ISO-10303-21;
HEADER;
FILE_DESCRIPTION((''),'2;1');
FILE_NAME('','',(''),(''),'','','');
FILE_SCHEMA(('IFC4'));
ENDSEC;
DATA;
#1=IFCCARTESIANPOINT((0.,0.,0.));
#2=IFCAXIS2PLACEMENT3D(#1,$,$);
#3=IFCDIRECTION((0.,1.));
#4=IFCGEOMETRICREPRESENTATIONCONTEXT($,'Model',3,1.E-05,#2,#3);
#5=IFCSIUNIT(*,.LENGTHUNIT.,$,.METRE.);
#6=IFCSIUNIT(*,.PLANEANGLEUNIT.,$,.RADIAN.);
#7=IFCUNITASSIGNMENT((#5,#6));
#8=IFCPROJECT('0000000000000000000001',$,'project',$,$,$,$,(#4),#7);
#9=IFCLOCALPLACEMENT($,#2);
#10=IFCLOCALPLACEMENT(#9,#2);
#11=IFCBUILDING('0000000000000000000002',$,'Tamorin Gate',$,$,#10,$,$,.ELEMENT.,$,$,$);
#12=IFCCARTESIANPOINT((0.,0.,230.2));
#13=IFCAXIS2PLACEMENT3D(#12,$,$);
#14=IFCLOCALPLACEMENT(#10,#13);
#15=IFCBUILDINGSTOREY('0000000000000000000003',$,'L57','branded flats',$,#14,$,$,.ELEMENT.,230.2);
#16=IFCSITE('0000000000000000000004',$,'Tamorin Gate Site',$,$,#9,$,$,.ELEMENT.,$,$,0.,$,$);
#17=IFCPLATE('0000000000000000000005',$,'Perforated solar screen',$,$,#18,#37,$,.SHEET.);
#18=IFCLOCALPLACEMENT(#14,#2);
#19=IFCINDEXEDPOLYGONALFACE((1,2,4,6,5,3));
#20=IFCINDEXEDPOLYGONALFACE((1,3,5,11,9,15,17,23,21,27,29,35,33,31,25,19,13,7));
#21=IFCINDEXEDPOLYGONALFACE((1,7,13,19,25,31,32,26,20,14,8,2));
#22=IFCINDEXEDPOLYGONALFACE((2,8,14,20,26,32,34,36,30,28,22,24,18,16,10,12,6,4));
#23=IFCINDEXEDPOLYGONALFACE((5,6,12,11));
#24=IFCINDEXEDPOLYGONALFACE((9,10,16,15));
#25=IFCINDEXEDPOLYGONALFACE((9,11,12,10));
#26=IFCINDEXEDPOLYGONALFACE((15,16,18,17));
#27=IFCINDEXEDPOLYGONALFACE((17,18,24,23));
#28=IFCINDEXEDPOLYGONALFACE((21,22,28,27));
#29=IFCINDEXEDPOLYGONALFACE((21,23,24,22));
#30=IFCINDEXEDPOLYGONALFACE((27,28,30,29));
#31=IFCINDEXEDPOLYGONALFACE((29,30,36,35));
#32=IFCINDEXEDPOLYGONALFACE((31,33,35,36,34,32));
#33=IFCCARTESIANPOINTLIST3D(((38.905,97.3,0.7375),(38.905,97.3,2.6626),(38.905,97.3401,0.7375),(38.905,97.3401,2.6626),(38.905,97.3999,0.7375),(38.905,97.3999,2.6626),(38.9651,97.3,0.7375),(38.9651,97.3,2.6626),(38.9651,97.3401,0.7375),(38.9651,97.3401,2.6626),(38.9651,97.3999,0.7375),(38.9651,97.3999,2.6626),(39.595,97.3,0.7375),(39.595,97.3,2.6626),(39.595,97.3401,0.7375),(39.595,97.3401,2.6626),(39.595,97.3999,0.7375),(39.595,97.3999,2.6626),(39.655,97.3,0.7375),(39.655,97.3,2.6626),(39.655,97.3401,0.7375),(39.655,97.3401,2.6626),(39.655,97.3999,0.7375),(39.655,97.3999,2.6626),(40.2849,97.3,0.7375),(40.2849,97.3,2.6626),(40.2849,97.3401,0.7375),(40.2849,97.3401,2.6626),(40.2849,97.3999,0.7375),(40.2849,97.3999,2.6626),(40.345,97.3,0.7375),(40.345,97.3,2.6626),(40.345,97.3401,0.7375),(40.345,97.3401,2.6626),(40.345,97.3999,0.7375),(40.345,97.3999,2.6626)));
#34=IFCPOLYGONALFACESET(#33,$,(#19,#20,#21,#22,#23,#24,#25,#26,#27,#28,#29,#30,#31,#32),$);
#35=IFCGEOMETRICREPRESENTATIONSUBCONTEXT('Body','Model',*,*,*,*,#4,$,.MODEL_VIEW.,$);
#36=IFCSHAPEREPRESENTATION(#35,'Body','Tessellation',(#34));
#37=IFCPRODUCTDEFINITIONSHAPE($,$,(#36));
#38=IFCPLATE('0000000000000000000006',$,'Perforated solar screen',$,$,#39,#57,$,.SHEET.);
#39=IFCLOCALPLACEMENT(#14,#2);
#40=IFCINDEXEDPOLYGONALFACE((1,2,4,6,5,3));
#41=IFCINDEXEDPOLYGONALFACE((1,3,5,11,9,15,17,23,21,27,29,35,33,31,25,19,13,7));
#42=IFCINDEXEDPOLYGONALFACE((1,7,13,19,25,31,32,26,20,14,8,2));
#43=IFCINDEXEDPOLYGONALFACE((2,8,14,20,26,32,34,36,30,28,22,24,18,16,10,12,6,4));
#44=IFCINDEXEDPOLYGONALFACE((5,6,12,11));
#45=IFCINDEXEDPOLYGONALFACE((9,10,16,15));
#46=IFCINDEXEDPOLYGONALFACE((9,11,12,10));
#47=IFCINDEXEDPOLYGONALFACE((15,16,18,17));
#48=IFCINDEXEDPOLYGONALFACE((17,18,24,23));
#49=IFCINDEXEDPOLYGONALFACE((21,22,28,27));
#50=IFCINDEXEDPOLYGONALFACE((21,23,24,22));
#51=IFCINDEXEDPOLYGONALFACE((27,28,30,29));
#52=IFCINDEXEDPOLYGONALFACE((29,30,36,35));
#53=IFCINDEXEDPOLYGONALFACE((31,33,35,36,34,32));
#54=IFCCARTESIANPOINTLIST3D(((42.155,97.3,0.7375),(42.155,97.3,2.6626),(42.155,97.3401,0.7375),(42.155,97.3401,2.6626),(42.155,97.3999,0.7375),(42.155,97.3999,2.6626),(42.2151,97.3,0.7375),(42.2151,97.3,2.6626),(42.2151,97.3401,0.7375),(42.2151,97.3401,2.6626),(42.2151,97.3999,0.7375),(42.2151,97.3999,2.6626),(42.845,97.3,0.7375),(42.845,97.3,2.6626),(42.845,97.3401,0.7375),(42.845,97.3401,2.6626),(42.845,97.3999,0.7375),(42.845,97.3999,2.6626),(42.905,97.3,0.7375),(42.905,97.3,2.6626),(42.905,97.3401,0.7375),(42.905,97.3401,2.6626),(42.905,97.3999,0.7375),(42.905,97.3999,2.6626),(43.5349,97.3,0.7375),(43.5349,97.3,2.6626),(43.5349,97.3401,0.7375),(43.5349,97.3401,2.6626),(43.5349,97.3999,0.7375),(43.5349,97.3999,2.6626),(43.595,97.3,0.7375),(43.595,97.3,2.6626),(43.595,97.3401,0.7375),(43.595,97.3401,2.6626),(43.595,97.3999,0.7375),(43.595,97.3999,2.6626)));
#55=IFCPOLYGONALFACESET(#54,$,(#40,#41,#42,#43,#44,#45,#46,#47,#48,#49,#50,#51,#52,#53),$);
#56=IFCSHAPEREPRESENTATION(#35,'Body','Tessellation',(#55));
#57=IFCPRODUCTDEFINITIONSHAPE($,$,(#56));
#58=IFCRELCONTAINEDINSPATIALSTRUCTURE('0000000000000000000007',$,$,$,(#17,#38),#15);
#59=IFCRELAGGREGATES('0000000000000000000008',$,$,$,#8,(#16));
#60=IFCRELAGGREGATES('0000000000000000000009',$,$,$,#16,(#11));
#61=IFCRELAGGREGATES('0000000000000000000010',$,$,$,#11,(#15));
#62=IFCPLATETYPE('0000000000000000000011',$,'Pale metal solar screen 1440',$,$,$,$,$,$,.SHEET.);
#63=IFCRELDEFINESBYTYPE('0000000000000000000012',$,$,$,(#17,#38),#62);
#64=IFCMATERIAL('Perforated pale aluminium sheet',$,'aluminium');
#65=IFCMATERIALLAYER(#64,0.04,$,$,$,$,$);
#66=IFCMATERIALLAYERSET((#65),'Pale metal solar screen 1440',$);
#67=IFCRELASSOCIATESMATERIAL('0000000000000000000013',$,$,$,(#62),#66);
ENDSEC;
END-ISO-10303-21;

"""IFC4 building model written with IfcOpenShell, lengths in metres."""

from ifc_helpers import new_model, si_unit, direction, frame, origin, place, context, subcontext, project, spatial, polyline, outline, extrude, material, layer, layer_set, type_object, element, save


model = new_model("IFC4")

# Units and contexts
model_context = context("Model", 3, precision=1e-05, world=origin(), true_north=direction((0.0, 1.0)))
body_context = subcontext(model_context, "Body", "Model", "MODEL_VIEW")
ifc_project = project(units=[si_unit("LENGTHUNIT", "METRE"), si_unit("PLANEANGLEUNIT", "RADIAN")], contexts=[model_context])

# Site, building, storey
site_placement = place(None, origin())
site = spatial("IfcSite", under=ifc_project, at=site_placement, Name="Tamorin Gate Site", CompositionType="ELEMENT", RefElevation=0.0)
building_placement = place(site_placement, origin())
building = spatial("IfcBuilding", under=site, at=building_placement, Name="Tamorin Gate", CompositionType="ELEMENT")
storey_placement = place(building_placement, frame((0.0, 0.0, 230.2)))
storey = spatial("IfcBuildingStorey", under=building, at=storey_placement, Name="L57", Description="branded flats", CompositionType="ELEMENT", Elevation=230.2)

# Plates
ifc_material_1 = material(Name="Perforated pale aluminium sheet", Category="aluminium")
ifc_layer_1 = layer(ifc_material_1, 0.04)
ifc_layer_set_1 = layer_set([ifc_layer_1], Name="Pale metal solar screen 1440")
plate_type = type_object("IfcPlateType", Name="Pale metal solar screen 1440", PredefinedType="SHEET", material=ifc_layer_set_1)
plate_1_placement = place(storey_placement, frame((0.0, 0.0, 0.7375)))
element("IfcPlate", 1, at=plate_1_placement, inside=storey, type_object=plate_type, Name="Perforated solar screen", PredefinedType="SHEET", context=body_context, shape_type="SweptSolid", body=[
    extrude(outline(polyline([(40.345, 97.3401), (40.345, 97.3), (40.2849, 97.3), (39.655, 97.3), (39.595, 97.3), (38.9651, 97.3), (38.905, 97.3), (38.905, 97.3401), (38.905, 97.3999), (38.9651, 97.3999), (38.9651, 97.3401), (39.595, 97.3401), (39.595, 97.3999), (39.655, 97.3999), (39.655, 97.3401), (40.2849, 97.3401), (40.2849, 97.3999), (40.345, 97.3999), (40.345, 97.3401)])), origin(), (0.0, 0.0, 1.0), 1.925),
])
plate_2_placement = place(storey_placement, frame((0.0, 0.0, 0.7375)))
element("IfcPlate", 2, at=plate_2_placement, inside=storey, type_object=plate_type, Name="Perforated solar screen", PredefinedType="SHEET", context=body_context, shape_type="SweptSolid", body=[
    extrude(outline(polyline([(43.595, 97.3401), (43.595, 97.3), (43.5349, 97.3), (42.905, 97.3), (42.845, 97.3), (42.2151, 97.3), (42.155, 97.3), (42.155, 97.3401), (42.155, 97.3999), (42.2151, 97.3999), (42.2151, 97.3401), (42.845, 97.3401), (42.845, 97.3999), (42.905, 97.3999), (42.905, 97.3401), (43.5349, 97.3401), (43.5349, 97.3999), (43.595, 97.3999), (43.595, 97.3401)])), origin(), (0.0, 0.0, 1.0), 1.925),
])

save(model, "model.ifc")
